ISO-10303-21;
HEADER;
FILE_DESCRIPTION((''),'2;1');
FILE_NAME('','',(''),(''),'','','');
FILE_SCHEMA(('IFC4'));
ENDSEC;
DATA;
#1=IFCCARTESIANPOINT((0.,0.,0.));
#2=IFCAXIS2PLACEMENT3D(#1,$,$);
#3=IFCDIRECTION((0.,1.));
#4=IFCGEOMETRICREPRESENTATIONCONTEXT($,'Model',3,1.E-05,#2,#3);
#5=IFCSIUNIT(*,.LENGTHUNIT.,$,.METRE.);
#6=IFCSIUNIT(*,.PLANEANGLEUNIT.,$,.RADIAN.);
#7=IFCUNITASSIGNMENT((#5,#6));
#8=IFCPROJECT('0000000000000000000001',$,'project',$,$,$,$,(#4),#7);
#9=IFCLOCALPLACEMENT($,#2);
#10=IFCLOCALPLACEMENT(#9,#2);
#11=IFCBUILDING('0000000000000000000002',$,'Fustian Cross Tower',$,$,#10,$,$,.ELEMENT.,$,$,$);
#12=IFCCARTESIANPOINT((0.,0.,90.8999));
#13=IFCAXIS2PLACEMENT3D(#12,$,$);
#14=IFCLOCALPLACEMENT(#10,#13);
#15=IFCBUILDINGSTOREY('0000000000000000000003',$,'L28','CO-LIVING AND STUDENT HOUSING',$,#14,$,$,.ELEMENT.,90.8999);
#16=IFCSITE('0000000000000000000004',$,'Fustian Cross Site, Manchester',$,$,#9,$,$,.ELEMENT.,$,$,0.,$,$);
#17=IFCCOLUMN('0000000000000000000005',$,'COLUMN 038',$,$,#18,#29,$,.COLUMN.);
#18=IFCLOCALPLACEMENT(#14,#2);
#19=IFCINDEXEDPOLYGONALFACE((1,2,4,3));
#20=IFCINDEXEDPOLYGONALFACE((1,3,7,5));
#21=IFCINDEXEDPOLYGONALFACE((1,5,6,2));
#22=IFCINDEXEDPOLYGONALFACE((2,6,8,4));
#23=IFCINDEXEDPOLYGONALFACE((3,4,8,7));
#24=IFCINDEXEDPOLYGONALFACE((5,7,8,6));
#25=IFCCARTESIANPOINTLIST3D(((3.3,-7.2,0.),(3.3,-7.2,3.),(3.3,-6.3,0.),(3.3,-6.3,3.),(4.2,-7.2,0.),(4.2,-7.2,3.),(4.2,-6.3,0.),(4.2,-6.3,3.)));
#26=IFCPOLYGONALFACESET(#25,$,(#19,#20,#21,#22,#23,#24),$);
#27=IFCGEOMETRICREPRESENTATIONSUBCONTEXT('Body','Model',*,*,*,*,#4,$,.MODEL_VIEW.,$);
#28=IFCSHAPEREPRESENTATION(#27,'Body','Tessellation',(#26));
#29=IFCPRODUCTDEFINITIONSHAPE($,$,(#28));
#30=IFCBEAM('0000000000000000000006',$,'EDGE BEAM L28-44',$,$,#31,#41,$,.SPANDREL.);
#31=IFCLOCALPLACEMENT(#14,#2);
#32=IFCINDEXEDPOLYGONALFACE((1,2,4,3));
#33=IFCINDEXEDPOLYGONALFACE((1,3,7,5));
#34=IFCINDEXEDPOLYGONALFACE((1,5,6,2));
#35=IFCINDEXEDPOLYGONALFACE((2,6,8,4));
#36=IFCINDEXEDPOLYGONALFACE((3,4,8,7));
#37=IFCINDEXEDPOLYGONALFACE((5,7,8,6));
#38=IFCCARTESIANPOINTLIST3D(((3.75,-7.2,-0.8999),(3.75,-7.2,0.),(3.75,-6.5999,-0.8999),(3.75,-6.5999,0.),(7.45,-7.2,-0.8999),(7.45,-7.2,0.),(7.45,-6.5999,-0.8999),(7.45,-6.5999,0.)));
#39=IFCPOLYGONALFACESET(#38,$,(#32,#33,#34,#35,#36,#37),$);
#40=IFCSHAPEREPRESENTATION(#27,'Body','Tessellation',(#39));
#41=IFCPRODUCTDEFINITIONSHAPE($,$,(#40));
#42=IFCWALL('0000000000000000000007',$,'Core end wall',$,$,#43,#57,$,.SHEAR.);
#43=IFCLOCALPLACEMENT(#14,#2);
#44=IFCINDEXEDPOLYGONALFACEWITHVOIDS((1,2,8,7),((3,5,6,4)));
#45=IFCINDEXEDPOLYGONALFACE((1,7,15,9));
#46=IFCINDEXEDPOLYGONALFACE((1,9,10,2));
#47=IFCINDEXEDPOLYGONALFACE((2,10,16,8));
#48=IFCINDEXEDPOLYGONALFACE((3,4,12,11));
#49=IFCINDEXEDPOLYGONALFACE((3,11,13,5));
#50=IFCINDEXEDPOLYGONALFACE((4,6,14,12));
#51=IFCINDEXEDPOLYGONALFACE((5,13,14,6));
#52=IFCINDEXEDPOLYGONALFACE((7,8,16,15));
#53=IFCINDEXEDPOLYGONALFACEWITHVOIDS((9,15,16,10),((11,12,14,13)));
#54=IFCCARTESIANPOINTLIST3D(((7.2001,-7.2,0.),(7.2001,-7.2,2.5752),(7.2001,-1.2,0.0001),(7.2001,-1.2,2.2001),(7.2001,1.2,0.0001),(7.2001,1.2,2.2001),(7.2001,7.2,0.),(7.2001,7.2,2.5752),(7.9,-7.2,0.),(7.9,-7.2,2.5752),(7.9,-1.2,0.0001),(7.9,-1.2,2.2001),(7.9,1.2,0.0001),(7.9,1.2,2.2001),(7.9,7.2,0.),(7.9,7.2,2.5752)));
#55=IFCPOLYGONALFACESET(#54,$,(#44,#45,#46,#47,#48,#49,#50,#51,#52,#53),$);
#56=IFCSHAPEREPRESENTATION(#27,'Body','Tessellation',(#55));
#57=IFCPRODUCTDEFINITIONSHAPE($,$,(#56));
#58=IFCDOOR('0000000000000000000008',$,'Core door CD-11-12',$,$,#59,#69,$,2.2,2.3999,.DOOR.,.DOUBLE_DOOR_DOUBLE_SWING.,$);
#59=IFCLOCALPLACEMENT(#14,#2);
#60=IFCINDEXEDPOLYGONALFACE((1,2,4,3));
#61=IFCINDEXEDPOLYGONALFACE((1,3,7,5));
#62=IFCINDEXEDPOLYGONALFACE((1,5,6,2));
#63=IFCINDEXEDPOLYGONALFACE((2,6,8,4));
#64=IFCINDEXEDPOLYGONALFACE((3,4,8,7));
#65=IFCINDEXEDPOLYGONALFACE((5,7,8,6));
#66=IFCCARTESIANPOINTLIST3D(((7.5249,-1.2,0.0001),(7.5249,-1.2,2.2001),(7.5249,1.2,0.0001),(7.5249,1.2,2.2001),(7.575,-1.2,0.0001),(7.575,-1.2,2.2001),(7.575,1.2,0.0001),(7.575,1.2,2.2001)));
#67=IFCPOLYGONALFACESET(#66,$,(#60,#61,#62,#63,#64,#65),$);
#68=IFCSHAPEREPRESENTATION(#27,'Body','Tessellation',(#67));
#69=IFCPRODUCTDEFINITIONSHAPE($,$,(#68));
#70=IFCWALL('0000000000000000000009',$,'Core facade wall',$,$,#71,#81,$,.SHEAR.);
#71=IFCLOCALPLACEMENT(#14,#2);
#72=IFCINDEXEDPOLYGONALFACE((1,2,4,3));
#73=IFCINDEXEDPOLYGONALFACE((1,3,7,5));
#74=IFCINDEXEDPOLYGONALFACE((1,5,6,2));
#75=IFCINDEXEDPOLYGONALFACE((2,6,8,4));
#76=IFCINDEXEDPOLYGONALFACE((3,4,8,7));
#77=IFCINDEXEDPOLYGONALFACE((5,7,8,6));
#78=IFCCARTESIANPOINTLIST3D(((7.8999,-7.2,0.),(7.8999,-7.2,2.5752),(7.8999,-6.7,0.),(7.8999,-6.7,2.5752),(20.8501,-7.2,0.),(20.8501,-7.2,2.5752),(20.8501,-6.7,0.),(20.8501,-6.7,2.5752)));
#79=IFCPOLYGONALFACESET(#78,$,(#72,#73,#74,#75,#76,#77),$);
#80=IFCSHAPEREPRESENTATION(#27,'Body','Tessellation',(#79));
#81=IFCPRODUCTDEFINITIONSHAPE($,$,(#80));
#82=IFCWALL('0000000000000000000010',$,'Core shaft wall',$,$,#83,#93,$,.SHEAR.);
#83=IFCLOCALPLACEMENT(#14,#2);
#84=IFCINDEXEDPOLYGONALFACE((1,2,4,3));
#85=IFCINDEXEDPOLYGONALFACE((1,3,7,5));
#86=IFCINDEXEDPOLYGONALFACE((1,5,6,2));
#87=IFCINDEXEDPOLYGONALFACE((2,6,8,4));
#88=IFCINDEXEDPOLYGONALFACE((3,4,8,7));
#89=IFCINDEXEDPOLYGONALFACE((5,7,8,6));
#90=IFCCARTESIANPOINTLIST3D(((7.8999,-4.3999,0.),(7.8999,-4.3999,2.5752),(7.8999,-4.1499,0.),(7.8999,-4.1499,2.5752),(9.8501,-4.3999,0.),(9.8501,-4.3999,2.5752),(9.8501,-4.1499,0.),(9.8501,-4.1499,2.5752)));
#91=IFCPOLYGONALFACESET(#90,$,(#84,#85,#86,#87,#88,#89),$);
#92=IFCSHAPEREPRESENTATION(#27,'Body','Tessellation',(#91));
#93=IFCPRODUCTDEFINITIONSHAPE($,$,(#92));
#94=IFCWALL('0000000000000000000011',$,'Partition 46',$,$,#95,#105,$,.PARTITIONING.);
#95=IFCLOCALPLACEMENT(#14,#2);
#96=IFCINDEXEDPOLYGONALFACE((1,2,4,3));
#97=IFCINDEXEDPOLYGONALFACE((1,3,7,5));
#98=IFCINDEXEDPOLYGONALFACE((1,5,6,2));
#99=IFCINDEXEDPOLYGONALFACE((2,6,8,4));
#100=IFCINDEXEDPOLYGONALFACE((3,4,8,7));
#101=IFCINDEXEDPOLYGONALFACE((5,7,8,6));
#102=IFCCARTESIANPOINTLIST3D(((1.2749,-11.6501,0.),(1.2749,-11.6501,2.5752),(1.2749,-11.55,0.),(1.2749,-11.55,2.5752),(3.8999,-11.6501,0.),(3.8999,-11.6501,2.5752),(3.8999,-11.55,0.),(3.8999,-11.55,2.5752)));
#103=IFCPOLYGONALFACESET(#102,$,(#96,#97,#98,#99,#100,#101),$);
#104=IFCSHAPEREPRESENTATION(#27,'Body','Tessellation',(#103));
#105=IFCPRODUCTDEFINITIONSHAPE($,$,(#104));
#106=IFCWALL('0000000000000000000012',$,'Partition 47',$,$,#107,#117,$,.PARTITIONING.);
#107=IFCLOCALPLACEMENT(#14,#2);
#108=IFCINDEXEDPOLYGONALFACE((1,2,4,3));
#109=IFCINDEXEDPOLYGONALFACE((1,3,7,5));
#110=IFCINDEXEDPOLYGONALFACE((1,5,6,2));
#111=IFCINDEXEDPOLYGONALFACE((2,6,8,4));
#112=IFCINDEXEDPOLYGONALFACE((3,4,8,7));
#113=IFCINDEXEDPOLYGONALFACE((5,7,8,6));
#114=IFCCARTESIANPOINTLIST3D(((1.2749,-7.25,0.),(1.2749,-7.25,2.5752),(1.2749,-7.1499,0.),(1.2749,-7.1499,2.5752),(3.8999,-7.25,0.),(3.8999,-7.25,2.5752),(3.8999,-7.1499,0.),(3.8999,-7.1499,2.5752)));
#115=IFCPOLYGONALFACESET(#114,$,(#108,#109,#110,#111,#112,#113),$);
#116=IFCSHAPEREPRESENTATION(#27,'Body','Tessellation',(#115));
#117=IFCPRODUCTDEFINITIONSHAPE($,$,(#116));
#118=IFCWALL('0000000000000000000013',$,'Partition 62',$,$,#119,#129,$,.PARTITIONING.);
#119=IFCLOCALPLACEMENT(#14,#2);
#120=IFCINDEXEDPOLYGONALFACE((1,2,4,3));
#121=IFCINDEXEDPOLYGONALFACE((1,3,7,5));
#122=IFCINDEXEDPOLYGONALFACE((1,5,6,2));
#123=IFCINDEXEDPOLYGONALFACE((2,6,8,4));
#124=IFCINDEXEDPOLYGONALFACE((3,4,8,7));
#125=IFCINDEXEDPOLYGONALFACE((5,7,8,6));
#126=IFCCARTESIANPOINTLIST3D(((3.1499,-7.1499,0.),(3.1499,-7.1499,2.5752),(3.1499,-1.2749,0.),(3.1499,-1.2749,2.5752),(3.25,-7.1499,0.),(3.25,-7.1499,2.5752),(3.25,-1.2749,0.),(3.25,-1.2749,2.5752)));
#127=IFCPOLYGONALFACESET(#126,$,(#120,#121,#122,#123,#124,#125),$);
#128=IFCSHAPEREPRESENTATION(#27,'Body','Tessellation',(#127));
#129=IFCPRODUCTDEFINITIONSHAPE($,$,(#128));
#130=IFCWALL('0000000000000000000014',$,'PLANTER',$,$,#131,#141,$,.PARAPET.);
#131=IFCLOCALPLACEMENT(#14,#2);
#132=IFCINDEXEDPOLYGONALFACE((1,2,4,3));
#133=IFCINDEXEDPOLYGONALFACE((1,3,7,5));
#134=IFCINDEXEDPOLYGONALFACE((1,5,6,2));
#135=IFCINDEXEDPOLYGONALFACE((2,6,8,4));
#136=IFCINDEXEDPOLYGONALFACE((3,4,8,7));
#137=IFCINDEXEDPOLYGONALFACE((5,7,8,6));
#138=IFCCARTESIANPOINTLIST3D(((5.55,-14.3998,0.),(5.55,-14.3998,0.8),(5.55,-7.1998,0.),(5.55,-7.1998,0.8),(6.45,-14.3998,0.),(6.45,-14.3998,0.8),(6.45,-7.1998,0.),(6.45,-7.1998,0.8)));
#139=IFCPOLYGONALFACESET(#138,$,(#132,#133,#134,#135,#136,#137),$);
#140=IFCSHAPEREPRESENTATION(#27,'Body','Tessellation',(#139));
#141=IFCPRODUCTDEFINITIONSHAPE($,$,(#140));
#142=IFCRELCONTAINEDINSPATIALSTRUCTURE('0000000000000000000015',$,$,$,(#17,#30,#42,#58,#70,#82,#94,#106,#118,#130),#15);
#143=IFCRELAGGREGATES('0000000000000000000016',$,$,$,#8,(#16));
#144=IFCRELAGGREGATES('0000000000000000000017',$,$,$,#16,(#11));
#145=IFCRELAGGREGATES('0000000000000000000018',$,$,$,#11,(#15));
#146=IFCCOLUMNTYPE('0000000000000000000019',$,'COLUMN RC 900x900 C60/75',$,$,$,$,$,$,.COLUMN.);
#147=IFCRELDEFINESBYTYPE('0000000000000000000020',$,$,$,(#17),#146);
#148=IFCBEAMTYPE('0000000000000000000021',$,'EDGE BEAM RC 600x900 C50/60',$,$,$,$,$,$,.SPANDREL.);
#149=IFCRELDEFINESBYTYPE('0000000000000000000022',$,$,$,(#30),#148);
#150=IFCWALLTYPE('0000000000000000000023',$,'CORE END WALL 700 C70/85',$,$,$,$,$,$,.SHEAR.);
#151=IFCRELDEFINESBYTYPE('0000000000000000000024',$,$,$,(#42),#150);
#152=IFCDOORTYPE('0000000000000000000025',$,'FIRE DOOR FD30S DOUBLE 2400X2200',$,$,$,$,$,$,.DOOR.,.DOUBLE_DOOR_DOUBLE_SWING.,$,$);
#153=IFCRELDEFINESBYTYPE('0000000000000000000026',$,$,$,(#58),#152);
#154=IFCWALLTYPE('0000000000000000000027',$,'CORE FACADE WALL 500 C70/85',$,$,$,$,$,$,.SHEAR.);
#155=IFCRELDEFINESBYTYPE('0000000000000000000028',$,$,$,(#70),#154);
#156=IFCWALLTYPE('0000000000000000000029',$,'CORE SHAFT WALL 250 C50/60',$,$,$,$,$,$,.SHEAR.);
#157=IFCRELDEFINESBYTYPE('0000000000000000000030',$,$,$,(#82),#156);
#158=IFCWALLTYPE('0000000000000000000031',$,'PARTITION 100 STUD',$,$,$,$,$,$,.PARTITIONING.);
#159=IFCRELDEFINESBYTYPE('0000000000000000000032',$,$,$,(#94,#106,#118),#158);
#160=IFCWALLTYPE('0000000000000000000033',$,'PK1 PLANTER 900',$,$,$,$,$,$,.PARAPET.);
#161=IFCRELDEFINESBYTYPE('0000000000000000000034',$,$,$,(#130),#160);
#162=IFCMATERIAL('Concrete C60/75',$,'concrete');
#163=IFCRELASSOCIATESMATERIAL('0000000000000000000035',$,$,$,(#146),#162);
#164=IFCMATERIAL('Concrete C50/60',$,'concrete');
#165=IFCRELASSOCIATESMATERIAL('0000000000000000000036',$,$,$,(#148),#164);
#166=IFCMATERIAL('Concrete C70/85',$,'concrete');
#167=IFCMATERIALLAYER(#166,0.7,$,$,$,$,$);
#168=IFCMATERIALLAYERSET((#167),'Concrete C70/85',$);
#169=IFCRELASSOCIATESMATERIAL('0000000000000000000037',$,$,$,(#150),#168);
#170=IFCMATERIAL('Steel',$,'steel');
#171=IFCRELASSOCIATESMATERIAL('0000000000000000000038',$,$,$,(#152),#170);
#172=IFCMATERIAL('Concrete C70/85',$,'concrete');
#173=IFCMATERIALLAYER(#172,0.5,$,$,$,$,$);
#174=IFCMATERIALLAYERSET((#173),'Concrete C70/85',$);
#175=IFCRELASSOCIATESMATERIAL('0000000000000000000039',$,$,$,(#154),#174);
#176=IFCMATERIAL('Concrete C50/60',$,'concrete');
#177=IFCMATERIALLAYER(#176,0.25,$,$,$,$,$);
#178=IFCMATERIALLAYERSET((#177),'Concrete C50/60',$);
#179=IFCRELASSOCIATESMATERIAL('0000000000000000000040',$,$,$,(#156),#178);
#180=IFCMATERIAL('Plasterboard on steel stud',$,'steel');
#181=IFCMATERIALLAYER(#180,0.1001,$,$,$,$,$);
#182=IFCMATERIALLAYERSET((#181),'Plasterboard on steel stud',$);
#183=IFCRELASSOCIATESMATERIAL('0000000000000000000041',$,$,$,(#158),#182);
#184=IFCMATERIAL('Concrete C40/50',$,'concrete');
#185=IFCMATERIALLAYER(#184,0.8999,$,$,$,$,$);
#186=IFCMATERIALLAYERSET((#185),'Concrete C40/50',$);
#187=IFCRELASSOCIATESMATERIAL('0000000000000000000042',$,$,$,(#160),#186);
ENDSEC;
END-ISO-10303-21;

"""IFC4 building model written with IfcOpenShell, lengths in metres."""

from ifc_helpers import new_model, si_unit, direction, frame, frame_2d, origin, origin_2d, place, context, subcontext, project, spatial, rectangle, extrude, material, layer, layer_set, material_profile, profile_set, type_object, element, fill, save


model = new_model("IFC4")

# Units and contexts
model_context = context("Model", 3, precision=1e-05, world=origin(), true_north=direction((0.0, 1.0)))
body_context = subcontext(model_context, "Body", "Model", "MODEL_VIEW")
ifc_project = project(units=[si_unit("LENGTHUNIT", "METRE"), si_unit("PLANEANGLEUNIT", "RADIAN")], contexts=[model_context])

# Site, building, storey
site_placement = place(None, origin())
site = spatial("IfcSite", under=ifc_project, at=site_placement, Name="Fustian Cross Site, Manchester", CompositionType="ELEMENT", RefElevation=0.0)
building_placement = place(site_placement, origin())
building = spatial("IfcBuilding", under=site, at=building_placement, Name="Fustian Cross Tower", CompositionType="ELEMENT")
storey_placement = place(building_placement, frame((0.0, 0.0, 90.8999)))
storey = spatial("IfcBuildingStorey", under=building, at=storey_placement, Name="L28", Description="CO-LIVING AND STUDENT HOUSING", CompositionType="ELEMENT", Elevation=90.8999)

# Column
ifc_material_1 = material(Name="Concrete C60/75", Category="concrete")
ifc_material_profile_1 = material_profile(ifc_material_1, rectangle(XDim=0.8999, YDim=0.8999, at=origin_2d()), Name="RC 900x900")
ifc_profile_set_1 = profile_set([ifc_material_profile_1], Name="Concrete C60/75")
column_type = type_object("IfcColumnType", Name="COLUMN RC 900x900 C60/75", PredefinedType="COLUMN", material=ifc_profile_set_1)
column_placement = place(storey_placement, frame((3.75, -6.75, 0.0), z_axis=(0.0, 0.0, 1.0), x_axis=(1.0, 0.0, 0.0)))
element("IfcColumn", 1, at=column_placement, inside=storey, type_object=column_type, Name="COLUMN 038", PredefinedType="COLUMN", context=body_context, shape_type="SweptSolid", body=[
    extrude(rectangle(XDim=0.8999, YDim=0.8999, at=origin_2d()), origin(), (0.0, 0.0, 1.0), 3.0),
])

# Beam
ifc_material_2 = material(Name="Concrete C50/60", Category="concrete")
ifc_material_profile_2 = material_profile(ifc_material_2, rectangle(XDim=0.6001, YDim=0.8999, at=origin_2d()), Name="RC 600x900")
ifc_profile_set_2 = profile_set([ifc_material_profile_2], Name="Concrete C50/60")
beam_type = type_object("IfcBeamType", Name="EDGE BEAM RC 600x900 C50/60", PredefinedType="SPANDREL", material=ifc_profile_set_2)
beam_placement = place(storey_placement, frame((3.75, -6.8999, -0.45), z_axis=(1.0, 0.0, 0.0), x_axis=(0.0, 1.0, 0.0)))
element("IfcBeam", 2, at=beam_placement, inside=storey, type_object=beam_type, Name="EDGE BEAM L28-44", PredefinedType="SPANDREL", context=body_context, shape_type="SweptSolid", body=[
    extrude(rectangle(XDim=0.6001, YDim=0.8999, at=origin_2d()), origin(), (0.0, 0.0, 1.0), 3.7),
])

# Wall, opening, door
ifc_material_3 = material(Name="Concrete C70/85", Category="concrete")
ifc_layer_1 = layer(ifc_material_3, 0.7)
ifc_layer_set_1 = layer_set([ifc_layer_1], Name="Concrete C70/85")
wall_type_1 = type_object("IfcWallType", Name="CORE END WALL 700 C70/85", PredefinedType="SHEAR", material=ifc_layer_set_1)
wall_1_placement = place(storey_placement, frame((7.55, -7.2, 0.0), z_axis=(0.0, 0.0, 1.0), x_axis=(0.0, 1.0, 0.0)))
wall_1 = element("IfcWall", 3, at=wall_1_placement, inside=storey, type_object=wall_type_1, Name="Core end wall", PredefinedType="SHEAR", context=body_context, shape_type="SweptSolid", body=[
    extrude(rectangle(XDim=14.3999, YDim=0.7, at=frame_2d((7.2, 0.0))), origin(), (0.0, 0.0, 1.0), 2.5752),
])
opening_1_placement = place(wall_1_placement, frame((6.0, 0.0, 0.0)))
opening_1 = element("IfcOpeningElement", 4, at=opening_1_placement, cuts=wall_1, PredefinedType="OPENING", context=body_context, shape_type="SweptSolid", body=[
    extrude(rectangle(XDim=2.3999, YDim=2.2, at=frame_2d((1.2, 1.1001))), frame((0.0, 0.3599, 0.0), z_axis=(0.0, -1.0, 0.0), x_axis=(1.0, 0.0, 0.0)), (0.0, 0.0, 1.0), 0.72),
])
ifc_material_4 = material(Name="Steel", Category="steel")
door_type_1 = type_object("IfcDoorType", Name="FIRE DOOR FD30S DOUBLE 2400X2200", OperationType="DOUBLE_DOOR_DOUBLE_SWING", PredefinedType="DOOR", material=ifc_material_4)
door_1_placement = place(opening_1_placement, frame((2.3999, 0.0, 0.0), z_axis=(0.0, 0.0, 1.0), x_axis=(-1.0, 0.0, 0.0)))
door_1 = element("IfcDoor", 5, at=door_1_placement, inside=storey, type_object=door_type_1, Name="Core door CD-11-12", OperationType="DOUBLE_DOOR_DOUBLE_SWING", OverallHeight=2.2, OverallWidth=2.3999, PredefinedType="DOOR", context=body_context, shape_type="SweptSolid", body=[
    extrude(rectangle(XDim=2.3999, YDim=2.2, at=frame_2d((1.2, 1.1001))), frame((0.0, 0.0249, 0.0), z_axis=(0.0, -1.0, 0.0), x_axis=(1.0, 0.0, 0.0)), (0.0, 0.0, 1.0), 0.05),
])
fill(opening_1, door_1)

# Walls
ifc_material_5 = material(Name="Concrete C70/85", Category="concrete")
ifc_layer_2 = layer(ifc_material_5, 0.5)
ifc_layer_set_2 = layer_set([ifc_layer_2], Name="Concrete C70/85")
wall_type_2 = type_object("IfcWallType", Name="CORE FACADE WALL 500 C70/85", PredefinedType="SHEAR", material=ifc_layer_set_2)
wall_2_placement = place(storey_placement, frame((7.8999, -6.95, 0.0), z_axis=(0.0, 0.0, 1.0), x_axis=(1.0, 0.0, 0.0)))
element("IfcWall", 6, at=wall_2_placement, inside=storey, type_object=wall_type_2, Name="Core facade wall", PredefinedType="SHEAR", context=body_context, shape_type="SweptSolid", body=[
    extrude(rectangle(XDim=12.9502, YDim=0.5, at=frame_2d((6.4751, 0.0))), origin(), (0.0, 0.0, 1.0), 2.5752),
])
ifc_material_6 = material(Name="Concrete C50/60", Category="concrete")
ifc_layer_3 = layer(ifc_material_6, 0.25)
ifc_layer_set_3 = layer_set([ifc_layer_3], Name="Concrete C50/60")
wall_type_3 = type_object("IfcWallType", Name="CORE SHAFT WALL 250 C50/60", PredefinedType="SHEAR", material=ifc_layer_set_3)
wall_3_placement = place(storey_placement, frame((7.8999, -4.2749, 0.0), z_axis=(0.0, 0.0, 1.0), x_axis=(1.0, 0.0, 0.0)))
element("IfcWall", 7, at=wall_3_placement, inside=storey, type_object=wall_type_3, Name="Core shaft wall", PredefinedType="SHEAR", context=body_context, shape_type="SweptSolid", body=[
    extrude(rectangle(XDim=1.9502, YDim=0.25, at=frame_2d((0.9751, 0.0))), origin(), (0.0, 0.0, 1.0), 2.5752),
])
ifc_material_7 = material(Name="Plasterboard on steel stud", Category="steel")
ifc_layer_4 = layer(ifc_material_7, 0.1001)
ifc_layer_set_4 = layer_set([ifc_layer_4], Name="Plasterboard on steel stud")
wall_type_4 = type_object("IfcWallType", Name="PARTITION 100 STUD", PredefinedType="PARTITIONING", material=ifc_layer_set_4)
for number, where, z_axis, x_axis, name in (
    (8, (1.2749, -11.6001, 0.0), (0.0, 0.0, 1.0), (1.0, 0.0, 0.0), "Partition 46"),
    (9, (1.2749, -7.2, 0.0), (0.0, 0.0, 1.0), (1.0, 0.0, 0.0), "Partition 47"),
):
    element("IfcWall", number, at=place(storey_placement, frame(where, z_axis=z_axis, x_axis=x_axis)), inside=storey, type_object=wall_type_4, Name=name, PredefinedType="PARTITIONING", context=body_context, shape_type="SweptSolid", body=[
        extrude(rectangle(XDim=2.625, YDim=0.1001, at=frame_2d((1.3125, 0.0))), origin(), (0.0, 0.0, 1.0), 2.5752),
    ])
wall_4_placement = place(storey_placement, frame((3.2, -7.1499, 0.0), z_axis=(0.0, 0.0, 1.0), x_axis=(0.0, 1.0, 0.0)))
element("IfcWall", 10, at=wall_4_placement, inside=storey, type_object=wall_type_4, Name="Partition 62", PredefinedType="PARTITIONING", context=body_context, shape_type="SweptSolid", body=[
    extrude(rectangle(XDim=5.875, YDim=0.1001, at=frame_2d((2.9375, 0.0))), origin(), (0.0, 0.0, 1.0), 2.5752),
])
ifc_material_8 = material(Name="Concrete C40/50", Category="concrete")
ifc_layer_5 = layer(ifc_material_8, 0.8999)
ifc_layer_set_5 = layer_set([ifc_layer_5], Name="Concrete C40/50")
wall_type_5 = type_object("IfcWallType", Name="PK1 PLANTER 900", PredefinedType="PARAPET", material=ifc_layer_set_5)
wall_5_placement = place(storey_placement, frame((6.0, -14.3999, 0.0), z_axis=(0.0, 0.0, 1.0), x_axis=(0.0, 1.0, 0.0)))
element("IfcWall", 11, at=wall_5_placement, inside=storey, type_object=wall_type_5, Name="PLANTER", PredefinedType="PARAPET", context=body_context, shape_type="SweptSolid", body=[
    extrude(rectangle(XDim=7.2, YDim=0.8999, at=frame_2d((3.6001, 0.0))), origin(), (0.0, 0.0, 1.0), 0.8),
])

save(model, "model.ifc")
